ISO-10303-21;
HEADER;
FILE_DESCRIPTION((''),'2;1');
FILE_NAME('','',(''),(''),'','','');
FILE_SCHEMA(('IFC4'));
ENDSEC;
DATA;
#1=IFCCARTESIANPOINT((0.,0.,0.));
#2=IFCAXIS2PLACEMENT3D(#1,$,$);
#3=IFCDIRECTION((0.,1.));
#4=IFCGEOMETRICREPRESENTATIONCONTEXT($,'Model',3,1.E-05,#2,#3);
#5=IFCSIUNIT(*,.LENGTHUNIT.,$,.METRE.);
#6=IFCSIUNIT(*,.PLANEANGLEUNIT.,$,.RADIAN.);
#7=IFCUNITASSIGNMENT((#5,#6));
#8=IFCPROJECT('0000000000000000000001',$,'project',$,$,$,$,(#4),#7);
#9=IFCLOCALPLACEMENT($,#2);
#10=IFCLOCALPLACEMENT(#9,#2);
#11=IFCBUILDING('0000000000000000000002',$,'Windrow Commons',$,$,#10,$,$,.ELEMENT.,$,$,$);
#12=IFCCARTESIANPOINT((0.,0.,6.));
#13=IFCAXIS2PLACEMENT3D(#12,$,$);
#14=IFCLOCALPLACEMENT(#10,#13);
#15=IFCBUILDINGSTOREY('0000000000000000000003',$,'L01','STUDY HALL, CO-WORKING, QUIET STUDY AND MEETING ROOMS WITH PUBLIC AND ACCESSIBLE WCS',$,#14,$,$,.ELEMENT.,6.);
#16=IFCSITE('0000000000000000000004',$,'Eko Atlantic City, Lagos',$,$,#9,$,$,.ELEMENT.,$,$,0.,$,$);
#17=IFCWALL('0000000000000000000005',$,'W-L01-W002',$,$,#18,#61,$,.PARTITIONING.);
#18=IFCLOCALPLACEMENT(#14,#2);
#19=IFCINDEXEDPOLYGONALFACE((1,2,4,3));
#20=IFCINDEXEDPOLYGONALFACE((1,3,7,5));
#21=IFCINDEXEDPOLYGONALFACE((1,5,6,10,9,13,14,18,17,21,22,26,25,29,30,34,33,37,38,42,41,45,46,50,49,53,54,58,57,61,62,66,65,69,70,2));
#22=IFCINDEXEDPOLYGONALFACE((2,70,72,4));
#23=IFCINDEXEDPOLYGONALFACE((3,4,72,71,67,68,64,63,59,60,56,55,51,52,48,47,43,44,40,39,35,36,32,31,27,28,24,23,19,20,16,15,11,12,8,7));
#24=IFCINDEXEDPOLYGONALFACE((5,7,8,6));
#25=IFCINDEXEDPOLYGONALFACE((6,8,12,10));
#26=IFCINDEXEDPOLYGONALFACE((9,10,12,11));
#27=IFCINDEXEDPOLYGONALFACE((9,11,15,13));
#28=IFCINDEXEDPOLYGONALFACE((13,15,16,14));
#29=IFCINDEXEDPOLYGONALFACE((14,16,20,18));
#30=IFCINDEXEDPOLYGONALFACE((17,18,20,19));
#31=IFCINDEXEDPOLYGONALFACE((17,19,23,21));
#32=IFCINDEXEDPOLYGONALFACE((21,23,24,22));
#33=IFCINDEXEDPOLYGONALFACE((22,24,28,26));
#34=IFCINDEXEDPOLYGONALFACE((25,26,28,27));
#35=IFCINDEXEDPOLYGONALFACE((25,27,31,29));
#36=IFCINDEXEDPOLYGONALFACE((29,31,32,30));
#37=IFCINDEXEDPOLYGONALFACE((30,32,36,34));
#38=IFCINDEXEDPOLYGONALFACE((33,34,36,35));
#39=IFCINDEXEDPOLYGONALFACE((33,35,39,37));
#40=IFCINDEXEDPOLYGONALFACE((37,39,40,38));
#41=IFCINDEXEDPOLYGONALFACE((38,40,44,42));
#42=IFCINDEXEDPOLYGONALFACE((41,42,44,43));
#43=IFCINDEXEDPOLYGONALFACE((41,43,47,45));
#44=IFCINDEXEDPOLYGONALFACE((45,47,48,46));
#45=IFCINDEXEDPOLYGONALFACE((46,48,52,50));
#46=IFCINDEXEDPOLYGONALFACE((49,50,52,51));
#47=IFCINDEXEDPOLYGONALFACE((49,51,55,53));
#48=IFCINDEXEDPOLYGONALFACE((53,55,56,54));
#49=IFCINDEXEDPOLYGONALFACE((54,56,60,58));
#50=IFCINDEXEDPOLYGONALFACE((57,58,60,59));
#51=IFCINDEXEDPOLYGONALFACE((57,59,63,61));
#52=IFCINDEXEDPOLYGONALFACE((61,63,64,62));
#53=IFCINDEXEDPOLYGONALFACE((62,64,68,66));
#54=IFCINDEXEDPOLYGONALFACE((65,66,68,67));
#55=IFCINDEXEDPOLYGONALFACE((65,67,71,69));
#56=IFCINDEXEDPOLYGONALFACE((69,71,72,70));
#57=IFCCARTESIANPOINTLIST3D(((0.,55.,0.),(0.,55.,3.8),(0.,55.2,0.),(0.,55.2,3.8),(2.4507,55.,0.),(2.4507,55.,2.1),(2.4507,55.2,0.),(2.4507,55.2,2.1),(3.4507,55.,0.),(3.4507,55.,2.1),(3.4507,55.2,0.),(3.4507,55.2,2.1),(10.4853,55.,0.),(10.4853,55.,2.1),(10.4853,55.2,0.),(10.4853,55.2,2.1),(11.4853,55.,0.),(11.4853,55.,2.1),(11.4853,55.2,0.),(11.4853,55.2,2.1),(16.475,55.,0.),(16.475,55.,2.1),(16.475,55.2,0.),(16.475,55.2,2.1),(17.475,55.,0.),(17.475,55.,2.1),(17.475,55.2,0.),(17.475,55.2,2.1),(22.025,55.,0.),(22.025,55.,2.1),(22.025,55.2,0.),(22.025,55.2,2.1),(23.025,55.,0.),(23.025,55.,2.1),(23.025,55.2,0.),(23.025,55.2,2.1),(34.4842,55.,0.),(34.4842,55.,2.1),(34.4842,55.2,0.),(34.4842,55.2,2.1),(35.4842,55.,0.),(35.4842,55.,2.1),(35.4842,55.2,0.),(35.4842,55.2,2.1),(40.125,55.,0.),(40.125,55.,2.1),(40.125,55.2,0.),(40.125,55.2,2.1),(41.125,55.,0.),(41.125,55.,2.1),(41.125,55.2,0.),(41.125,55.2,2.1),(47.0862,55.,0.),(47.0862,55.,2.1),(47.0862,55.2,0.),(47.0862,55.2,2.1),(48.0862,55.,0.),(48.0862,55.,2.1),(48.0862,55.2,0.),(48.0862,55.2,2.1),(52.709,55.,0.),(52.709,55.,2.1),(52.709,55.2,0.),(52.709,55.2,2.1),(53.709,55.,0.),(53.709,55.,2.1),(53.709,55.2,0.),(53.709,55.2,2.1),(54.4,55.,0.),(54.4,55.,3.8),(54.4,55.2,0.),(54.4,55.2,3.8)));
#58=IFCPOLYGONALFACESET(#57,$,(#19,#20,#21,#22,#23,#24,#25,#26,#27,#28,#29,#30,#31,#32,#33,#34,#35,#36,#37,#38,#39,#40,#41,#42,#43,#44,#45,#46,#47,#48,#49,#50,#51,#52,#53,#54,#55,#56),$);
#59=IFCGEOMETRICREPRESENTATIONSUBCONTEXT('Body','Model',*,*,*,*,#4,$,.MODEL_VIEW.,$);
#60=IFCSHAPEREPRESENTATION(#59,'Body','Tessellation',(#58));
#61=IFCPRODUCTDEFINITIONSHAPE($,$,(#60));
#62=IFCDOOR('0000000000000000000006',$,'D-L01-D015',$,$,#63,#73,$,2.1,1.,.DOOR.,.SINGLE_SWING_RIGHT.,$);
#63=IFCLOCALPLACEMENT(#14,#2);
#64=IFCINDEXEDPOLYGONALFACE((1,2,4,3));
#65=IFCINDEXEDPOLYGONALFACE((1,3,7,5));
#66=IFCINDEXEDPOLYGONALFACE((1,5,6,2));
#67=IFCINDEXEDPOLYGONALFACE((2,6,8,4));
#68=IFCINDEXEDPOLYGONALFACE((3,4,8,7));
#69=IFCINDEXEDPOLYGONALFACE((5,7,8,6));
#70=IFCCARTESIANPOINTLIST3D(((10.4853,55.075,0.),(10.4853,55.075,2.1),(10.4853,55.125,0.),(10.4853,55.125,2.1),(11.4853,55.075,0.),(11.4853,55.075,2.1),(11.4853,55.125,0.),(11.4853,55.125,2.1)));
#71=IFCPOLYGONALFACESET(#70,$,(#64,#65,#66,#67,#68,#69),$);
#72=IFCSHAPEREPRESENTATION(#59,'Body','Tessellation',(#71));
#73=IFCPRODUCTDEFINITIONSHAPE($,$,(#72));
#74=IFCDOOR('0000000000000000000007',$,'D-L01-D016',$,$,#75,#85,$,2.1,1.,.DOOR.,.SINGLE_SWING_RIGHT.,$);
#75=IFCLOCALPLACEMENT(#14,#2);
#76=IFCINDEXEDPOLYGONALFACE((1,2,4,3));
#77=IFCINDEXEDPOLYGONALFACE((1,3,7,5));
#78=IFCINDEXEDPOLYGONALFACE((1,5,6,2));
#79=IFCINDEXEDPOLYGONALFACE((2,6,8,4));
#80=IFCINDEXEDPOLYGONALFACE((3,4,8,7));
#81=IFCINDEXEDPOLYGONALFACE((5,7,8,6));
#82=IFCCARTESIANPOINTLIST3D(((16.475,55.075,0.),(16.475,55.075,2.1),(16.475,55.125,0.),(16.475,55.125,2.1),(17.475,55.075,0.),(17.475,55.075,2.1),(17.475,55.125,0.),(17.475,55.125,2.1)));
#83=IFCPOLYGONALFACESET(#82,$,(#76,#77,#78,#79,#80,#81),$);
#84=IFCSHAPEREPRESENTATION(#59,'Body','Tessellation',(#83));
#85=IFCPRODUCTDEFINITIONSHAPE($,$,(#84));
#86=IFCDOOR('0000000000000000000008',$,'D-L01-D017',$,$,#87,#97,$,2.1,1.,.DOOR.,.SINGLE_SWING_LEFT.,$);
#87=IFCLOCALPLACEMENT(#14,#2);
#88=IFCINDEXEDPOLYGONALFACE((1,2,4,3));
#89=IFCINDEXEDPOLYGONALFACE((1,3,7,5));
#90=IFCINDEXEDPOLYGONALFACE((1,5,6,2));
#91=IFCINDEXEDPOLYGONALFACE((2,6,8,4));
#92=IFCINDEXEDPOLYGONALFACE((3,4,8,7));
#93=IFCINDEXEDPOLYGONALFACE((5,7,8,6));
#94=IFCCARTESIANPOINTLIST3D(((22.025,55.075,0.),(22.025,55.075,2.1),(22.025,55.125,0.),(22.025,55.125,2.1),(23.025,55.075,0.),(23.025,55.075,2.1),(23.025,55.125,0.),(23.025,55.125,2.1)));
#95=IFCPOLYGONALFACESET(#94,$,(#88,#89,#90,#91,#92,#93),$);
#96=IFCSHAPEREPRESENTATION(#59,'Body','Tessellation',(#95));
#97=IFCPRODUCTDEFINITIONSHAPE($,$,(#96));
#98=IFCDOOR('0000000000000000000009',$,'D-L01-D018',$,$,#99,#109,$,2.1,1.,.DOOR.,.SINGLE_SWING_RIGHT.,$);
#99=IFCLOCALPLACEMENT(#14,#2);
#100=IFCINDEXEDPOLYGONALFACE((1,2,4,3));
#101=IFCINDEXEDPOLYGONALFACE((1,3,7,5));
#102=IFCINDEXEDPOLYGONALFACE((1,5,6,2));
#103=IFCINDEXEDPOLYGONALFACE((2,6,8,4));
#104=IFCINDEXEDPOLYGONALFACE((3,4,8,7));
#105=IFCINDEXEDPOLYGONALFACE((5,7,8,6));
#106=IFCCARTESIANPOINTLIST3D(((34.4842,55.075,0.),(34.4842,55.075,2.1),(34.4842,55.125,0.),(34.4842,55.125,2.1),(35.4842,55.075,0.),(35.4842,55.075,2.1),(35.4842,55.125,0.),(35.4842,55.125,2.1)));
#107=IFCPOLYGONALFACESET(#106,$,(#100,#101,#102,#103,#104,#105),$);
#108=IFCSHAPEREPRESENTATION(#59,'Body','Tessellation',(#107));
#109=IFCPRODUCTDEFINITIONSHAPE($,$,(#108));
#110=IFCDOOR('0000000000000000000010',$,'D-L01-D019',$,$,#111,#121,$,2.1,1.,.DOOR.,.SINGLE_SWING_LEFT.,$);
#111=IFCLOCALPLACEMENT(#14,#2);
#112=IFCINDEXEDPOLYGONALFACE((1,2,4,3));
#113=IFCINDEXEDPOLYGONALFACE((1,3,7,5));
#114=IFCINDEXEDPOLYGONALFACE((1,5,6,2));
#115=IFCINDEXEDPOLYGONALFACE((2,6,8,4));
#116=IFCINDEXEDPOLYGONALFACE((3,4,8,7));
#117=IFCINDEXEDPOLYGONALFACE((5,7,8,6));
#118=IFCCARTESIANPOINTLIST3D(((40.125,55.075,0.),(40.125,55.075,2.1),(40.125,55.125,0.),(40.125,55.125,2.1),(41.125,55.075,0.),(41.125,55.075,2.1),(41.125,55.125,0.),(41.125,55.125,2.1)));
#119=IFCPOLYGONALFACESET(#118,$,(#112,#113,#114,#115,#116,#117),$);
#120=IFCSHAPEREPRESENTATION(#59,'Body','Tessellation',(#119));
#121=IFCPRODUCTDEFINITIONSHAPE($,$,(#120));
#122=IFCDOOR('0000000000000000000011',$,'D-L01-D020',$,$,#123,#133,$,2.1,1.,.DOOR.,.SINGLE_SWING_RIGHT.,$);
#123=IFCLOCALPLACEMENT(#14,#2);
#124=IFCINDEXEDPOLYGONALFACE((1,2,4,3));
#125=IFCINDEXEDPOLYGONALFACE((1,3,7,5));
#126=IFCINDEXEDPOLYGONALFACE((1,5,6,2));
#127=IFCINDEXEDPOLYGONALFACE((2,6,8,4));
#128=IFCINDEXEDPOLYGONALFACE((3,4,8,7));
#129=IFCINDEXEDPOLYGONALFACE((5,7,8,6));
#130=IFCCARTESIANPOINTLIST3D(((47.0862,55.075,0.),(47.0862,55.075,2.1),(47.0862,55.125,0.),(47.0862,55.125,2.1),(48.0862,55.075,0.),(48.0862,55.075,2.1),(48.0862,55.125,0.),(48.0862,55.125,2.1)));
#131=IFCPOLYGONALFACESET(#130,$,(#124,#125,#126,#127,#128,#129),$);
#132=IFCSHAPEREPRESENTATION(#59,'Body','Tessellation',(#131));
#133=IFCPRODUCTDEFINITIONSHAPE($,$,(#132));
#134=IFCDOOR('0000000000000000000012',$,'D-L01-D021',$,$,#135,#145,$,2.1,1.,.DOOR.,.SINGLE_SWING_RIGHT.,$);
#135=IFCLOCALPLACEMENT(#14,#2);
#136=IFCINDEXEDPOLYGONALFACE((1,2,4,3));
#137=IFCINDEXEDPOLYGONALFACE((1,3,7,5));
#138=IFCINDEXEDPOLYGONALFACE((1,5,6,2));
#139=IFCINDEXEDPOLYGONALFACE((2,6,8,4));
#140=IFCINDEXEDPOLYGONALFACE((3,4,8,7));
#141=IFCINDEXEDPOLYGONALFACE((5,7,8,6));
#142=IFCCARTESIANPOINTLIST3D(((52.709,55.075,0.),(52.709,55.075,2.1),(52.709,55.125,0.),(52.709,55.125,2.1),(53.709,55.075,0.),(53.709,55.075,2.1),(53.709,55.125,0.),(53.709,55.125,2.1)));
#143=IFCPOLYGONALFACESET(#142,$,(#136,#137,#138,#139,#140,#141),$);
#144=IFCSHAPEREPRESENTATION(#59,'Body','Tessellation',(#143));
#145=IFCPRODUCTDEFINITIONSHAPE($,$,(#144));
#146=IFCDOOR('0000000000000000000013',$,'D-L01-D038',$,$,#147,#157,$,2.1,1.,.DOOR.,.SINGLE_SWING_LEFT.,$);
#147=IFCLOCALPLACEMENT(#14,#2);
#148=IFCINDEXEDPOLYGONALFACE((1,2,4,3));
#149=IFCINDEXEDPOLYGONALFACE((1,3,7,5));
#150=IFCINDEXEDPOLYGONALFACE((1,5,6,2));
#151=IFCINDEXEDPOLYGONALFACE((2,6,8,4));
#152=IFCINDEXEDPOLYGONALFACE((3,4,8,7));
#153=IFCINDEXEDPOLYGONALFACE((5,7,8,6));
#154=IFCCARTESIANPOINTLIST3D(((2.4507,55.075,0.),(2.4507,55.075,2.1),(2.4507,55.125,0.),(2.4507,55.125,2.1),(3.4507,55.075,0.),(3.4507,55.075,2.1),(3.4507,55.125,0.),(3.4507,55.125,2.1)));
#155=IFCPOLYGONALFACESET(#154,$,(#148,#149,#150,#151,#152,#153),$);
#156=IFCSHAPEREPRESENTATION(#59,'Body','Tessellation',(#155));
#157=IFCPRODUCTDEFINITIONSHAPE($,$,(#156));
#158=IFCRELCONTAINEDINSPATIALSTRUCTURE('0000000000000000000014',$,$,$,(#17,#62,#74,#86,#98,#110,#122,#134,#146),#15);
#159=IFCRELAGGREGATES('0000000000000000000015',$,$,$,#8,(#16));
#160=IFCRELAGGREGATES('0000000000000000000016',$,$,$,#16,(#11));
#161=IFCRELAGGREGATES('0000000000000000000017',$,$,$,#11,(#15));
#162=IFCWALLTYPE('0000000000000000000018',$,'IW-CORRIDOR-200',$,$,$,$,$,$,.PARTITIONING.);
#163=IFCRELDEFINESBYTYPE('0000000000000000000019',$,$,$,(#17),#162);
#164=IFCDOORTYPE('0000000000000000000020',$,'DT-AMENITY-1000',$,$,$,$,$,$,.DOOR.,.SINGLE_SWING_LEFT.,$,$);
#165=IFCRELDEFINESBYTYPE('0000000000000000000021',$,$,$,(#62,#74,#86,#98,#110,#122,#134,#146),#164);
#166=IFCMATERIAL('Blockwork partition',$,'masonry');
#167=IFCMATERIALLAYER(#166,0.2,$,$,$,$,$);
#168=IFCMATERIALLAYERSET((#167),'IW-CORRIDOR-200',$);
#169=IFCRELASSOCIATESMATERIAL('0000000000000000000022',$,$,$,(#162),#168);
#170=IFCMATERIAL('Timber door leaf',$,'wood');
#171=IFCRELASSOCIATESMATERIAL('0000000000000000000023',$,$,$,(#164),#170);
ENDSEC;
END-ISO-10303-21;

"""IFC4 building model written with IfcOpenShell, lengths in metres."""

from ifc_helpers import new_model, si_unit, direction, frame, frame_2d, origin, place, context, subcontext, project, spatial, rectangle, extrude, material, layer, layer_set, type_object, element, fill, save


model = new_model("IFC4")

# Units and contexts
model_context = context("Model", 3, precision=1e-05, world=origin(), true_north=direction((0.0, 1.0)))
body_context = subcontext(model_context, "Body", "Model", "MODEL_VIEW")
ifc_project = project(units=[si_unit("LENGTHUNIT", "METRE"), si_unit("PLANEANGLEUNIT", "RADIAN")], contexts=[model_context])

# Site, building, storey
site_placement = place(None, origin())
site = spatial("IfcSite", under=ifc_project, at=site_placement, Name="Eko Atlantic City, Lagos", CompositionType="ELEMENT", RefElevation=0.0)
building_placement = place(site_placement, origin())
building = spatial("IfcBuilding", under=site, at=building_placement, Name="Windrow Commons", CompositionType="ELEMENT")
storey_placement = place(building_placement, frame((0.0, 0.0, 6.0)))
storey = spatial("IfcBuildingStorey", under=building, at=storey_placement, Name="L01", Description="STUDY HALL, CO-WORKING, QUIET STUDY AND MEETING ROOMS WITH PUBLIC AND ACCESSIBLE WCS", CompositionType="ELEMENT", Elevation=6.0)

# Wall, openings, doors
ifc_material_1 = material(Name="Blockwork partition", Category="masonry")
ifc_layer_1 = layer(ifc_material_1, 0.2)
ifc_layer_set_1 = layer_set([ifc_layer_1], Name="IW-CORRIDOR-200")
wall_type = type_object("IfcWallType", Name="IW-CORRIDOR-200", PredefinedType="PARTITIONING", material=ifc_layer_set_1)
wall_1_placement = place(storey_placement, frame((0.0, 55.1, 0.0), z_axis=(0.0, 0.0, 1.0), x_axis=(1.0, 0.0, 0.0)))
wall_1 = element("IfcWall", 1, at=wall_1_placement, inside=storey, type_object=wall_type, Name="W-L01-W002", PredefinedType="PARTITIONING", context=body_context, shape_type="SweptSolid", body=[
    extrude(rectangle(XDim=54.4, YDim=0.2, at=frame_2d((27.2, 0.0))), origin(), (0.0, 0.0, 1.0), 3.8),
])
opening_1_placement = place(wall_1_placement, frame((10.4853, 0.0, 0.0)))
opening_1 = element("IfcOpeningElement", 2, at=opening_1_placement, cuts=wall_1, PredefinedType="OPENING", context=body_context, shape_type="SweptSolid", body=[
    extrude(rectangle(XDim=1.0, YDim=2.1, at=frame_2d((0.5, 1.05))), frame((0.0, 0.11, 0.0), z_axis=(0.0, -1.0, 0.0), x_axis=(1.0, 0.0, 0.0)), (0.0, 0.0, 1.0), 0.22),
])
opening_2_placement = place(wall_1_placement, frame((16.475, 0.0, 0.0)))
opening_2 = element("IfcOpeningElement", 3, at=opening_2_placement, cuts=wall_1, PredefinedType="OPENING", context=body_context, shape_type="SweptSolid", body=[
    extrude(rectangle(XDim=1.0, YDim=2.1, at=frame_2d((0.5, 1.05))), frame((0.0, 0.11, 0.0), z_axis=(0.0, -1.0, 0.0), x_axis=(1.0, 0.0, 0.0)), (0.0, 0.0, 1.0), 0.22),
])
opening_3_placement = place(wall_1_placement, frame((22.025, 0.0, 0.0)))
opening_3 = element("IfcOpeningElement", 4, at=opening_3_placement, cuts=wall_1, PredefinedType="OPENING", context=body_context, shape_type="SweptSolid", body=[
    extrude(rectangle(XDim=1.0, YDim=2.1, at=frame_2d((0.5, 1.05))), frame((0.0, 0.11, 0.0), z_axis=(0.0, -1.0, 0.0), x_axis=(1.0, 0.0, 0.0)), (0.0, 0.0, 1.0), 0.22),
])
opening_4_placement = place(wall_1_placement, frame((34.4842, 0.0, 0.0)))
opening_4 = element("IfcOpeningElement", 5, at=opening_4_placement, cuts=wall_1, PredefinedType="OPENING", context=body_context, shape_type="SweptSolid", body=[
    extrude(rectangle(XDim=1.0, YDim=2.1, at=frame_2d((0.5, 1.05))), frame((0.0, 0.11, 0.0), z_axis=(0.0, -1.0, 0.0), x_axis=(1.0, 0.0, 0.0)), (0.0, 0.0, 1.0), 0.22),
])
opening_5_placement = place(wall_1_placement, frame((40.125, 0.0, 0.0)))
opening_5 = element("IfcOpeningElement", 6, at=opening_5_placement, cuts=wall_1, PredefinedType="OPENING", context=body_context, shape_type="SweptSolid", body=[
    extrude(rectangle(XDim=1.0, YDim=2.1, at=frame_2d((0.5, 1.05))), frame((0.0, 0.11, 0.0), z_axis=(0.0, -1.0, 0.0), x_axis=(1.0, 0.0, 0.0)), (0.0, 0.0, 1.0), 0.22),
])
opening_6_placement = place(wall_1_placement, frame((47.0862, 0.0, 0.0)))
opening_6 = element("IfcOpeningElement", 7, at=opening_6_placement, cuts=wall_1, PredefinedType="OPENING", context=body_context, shape_type="SweptSolid", body=[
    extrude(rectangle(XDim=1.0, YDim=2.1, at=frame_2d((0.5, 1.05))), frame((0.0, 0.11, 0.0), z_axis=(0.0, -1.0, 0.0), x_axis=(1.0, 0.0, 0.0)), (0.0, 0.0, 1.0), 0.22),
])
opening_7_placement = place(wall_1_placement, frame((52.709, 0.0, 0.0)))
opening_7 = element("IfcOpeningElement", 8, at=opening_7_placement, cuts=wall_1, PredefinedType="OPENING", context=body_context, shape_type="SweptSolid", body=[
    extrude(rectangle(XDim=1.0, YDim=2.1, at=frame_2d((0.5, 1.05))), frame((0.0, 0.11, 0.0), z_axis=(0.0, -1.0, 0.0), x_axis=(1.0, 0.0, 0.0)), (0.0, 0.0, 1.0), 0.22),
])
opening_8_placement = place(wall_1_placement, frame((2.4507, 0.0, 0.0)))
opening_8 = element("IfcOpeningElement", 9, at=opening_8_placement, cuts=wall_1, PredefinedType="OPENING", context=body_context, shape_type="SweptSolid", body=[
    extrude(rectangle(XDim=1.0, YDim=2.1, at=frame_2d((0.5, 1.05))), frame((0.0, 0.11, 0.0), z_axis=(0.0, -1.0, 0.0), x_axis=(1.0, 0.0, 0.0)), (0.0, 0.0, 1.0), 0.22),
])
ifc_material_2 = material(Name="Timber door leaf", Category="wood")
door_type = type_object("IfcDoorType", Name="DT-AMENITY-1000", OperationType="SINGLE_SWING_LEFT", PredefinedType="DOOR", material=ifc_material_2)
door_1_placement = place(opening_1_placement, origin())
door_1 = element("IfcDoor", 10, at=door_1_placement, inside=storey, type_object=door_type, Name="D-L01-D015", OperationType="SINGLE_SWING_RIGHT", OverallHeight=2.1, OverallWidth=1.0, PredefinedType="DOOR", context=body_context, shape_type="SweptSolid", body=[
    extrude(rectangle(XDim=1.0, YDim=2.1, at=frame_2d((0.5, 1.05))), frame((0.0, 0.025, 0.0), z_axis=(0.0, -1.0, 0.0), x_axis=(1.0, 0.0, 0.0)), (0.0, 0.0, 1.0), 0.05),
])
fill(opening_1, door_1)
door_2_placement = place(opening_2_placement, origin())
door_2 = element("IfcDoor", 11, at=door_2_placement, inside=storey, type_object=door_type, Name="D-L01-D016", OperationType="SINGLE_SWING_RIGHT", OverallHeight=2.1, OverallWidth=1.0, PredefinedType="DOOR", context=body_context, shape_type="SweptSolid", body=[
    extrude(rectangle(XDim=1.0, YDim=2.1, at=frame_2d((0.5, 1.05))), frame((0.0, 0.025, 0.0), z_axis=(0.0, -1.0, 0.0), x_axis=(1.0, 0.0, 0.0)), (0.0, 0.0, 1.0), 0.05),
])
fill(opening_2, door_2)
door_3_placement = place(opening_3_placement, origin())
door_3 = element("IfcDoor", 12, at=door_3_placement, inside=storey, type_object=door_type, Name="D-L01-D017", OperationType="SINGLE_SWING_LEFT", OverallHeight=2.1, OverallWidth=1.0, PredefinedType="DOOR", context=body_context, shape_type="SweptSolid", body=[
    extrude(rectangle(XDim=1.0, YDim=2.1, at=frame_2d((0.5, 1.05))), frame((0.0, 0.025, 0.0), z_axis=(0.0, -1.0, 0.0), x_axis=(1.0, 0.0, 0.0)), (0.0, 0.0, 1.0), 0.05),
])
fill(opening_3, door_3)
door_4_placement = place(opening_4_placement, origin())
door_4 = element("IfcDoor", 13, at=door_4_placement, inside=storey, type_object=door_type, Name="D-L01-D018", OperationType="SINGLE_SWING_RIGHT", OverallHeight=2.1, OverallWidth=1.0, PredefinedType="DOOR", context=body_context, shape_type="SweptSolid", body=[
    extrude(rectangle(XDim=1.0, YDim=2.1, at=frame_2d((0.5, 1.05))), frame((0.0, 0.025, 0.0), z_axis=(0.0, -1.0, 0.0), x_axis=(1.0, 0.0, 0.0)), (0.0, 0.0, 1.0), 0.05),
])
fill(opening_4, door_4)
door_5_placement = place(opening_5_placement, origin())
door_5 = element("IfcDoor", 14, at=door_5_placement, inside=storey, type_object=door_type, Name="D-L01-D019", OperationType="SINGLE_SWING_LEFT", OverallHeight=2.1, OverallWidth=1.0, PredefinedType="DOOR", context=body_context, shape_type="SweptSolid", body=[
    extrude(rectangle(XDim=1.0, YDim=2.1, at=frame_2d((0.5, 1.05))), frame((0.0, 0.025, 0.0), z_axis=(0.0, -1.0, 0.0), x_axis=(1.0, 0.0, 0.0)), (0.0, 0.0, 1.0), 0.05),
])
fill(opening_5, door_5)
door_6_placement = place(opening_6_placement, origin())
door_6 = element("IfcDoor", 15, at=door_6_placement, inside=storey, type_object=door_type, Name="D-L01-D020", OperationType="SINGLE_SWING_RIGHT", OverallHeight=2.1, OverallWidth=1.0, PredefinedType="DOOR", context=body_context, shape_type="SweptSolid", body=[
    extrude(rectangle(XDim=1.0, YDim=2.1, at=frame_2d((0.5, 1.05))), frame((0.0, 0.025, 0.0), z_axis=(0.0, -1.0, 0.0), x_axis=(1.0, 0.0, 0.0)), (0.0, 0.0, 1.0), 0.05),
])
fill(opening_6, door_6)
door_7_placement = place(opening_7_placement, origin())
door_7 = element("IfcDoor", 16, at=door_7_placement, inside=storey, type_object=door_type, Name="D-L01-D021", OperationType="SINGLE_SWING_RIGHT", OverallHeight=2.1, OverallWidth=1.0, PredefinedType="DOOR", context=body_context, shape_type="SweptSolid", body=[
    extrude(rectangle(XDim=1.0, YDim=2.1, at=frame_2d((0.5, 1.05))), frame((0.0, 0.025, 0.0), z_axis=(0.0, -1.0, 0.0), x_axis=(1.0, 0.0, 0.0)), (0.0, 0.0, 1.0), 0.05),
])
fill(opening_7, door_7)
door_8_placement = place(opening_8_placement, origin())
door_8 = element("IfcDoor", 17, at=door_8_placement, inside=storey, type_object=door_type, Name="D-L01-D038", OperationType="SINGLE_SWING_LEFT", OverallHeight=2.1, OverallWidth=1.0, PredefinedType="DOOR", context=body_context, shape_type="SweptSolid", body=[
    extrude(rectangle(XDim=1.0, YDim=2.1, at=frame_2d((0.5, 1.05))), frame((0.0, 0.025, 0.0), z_axis=(0.0, -1.0, 0.0), x_axis=(1.0, 0.0, 0.0)), (0.0, 0.0, 1.0), 0.05),
])
fill(opening_8, door_8)

save(model, "model.ifc")
